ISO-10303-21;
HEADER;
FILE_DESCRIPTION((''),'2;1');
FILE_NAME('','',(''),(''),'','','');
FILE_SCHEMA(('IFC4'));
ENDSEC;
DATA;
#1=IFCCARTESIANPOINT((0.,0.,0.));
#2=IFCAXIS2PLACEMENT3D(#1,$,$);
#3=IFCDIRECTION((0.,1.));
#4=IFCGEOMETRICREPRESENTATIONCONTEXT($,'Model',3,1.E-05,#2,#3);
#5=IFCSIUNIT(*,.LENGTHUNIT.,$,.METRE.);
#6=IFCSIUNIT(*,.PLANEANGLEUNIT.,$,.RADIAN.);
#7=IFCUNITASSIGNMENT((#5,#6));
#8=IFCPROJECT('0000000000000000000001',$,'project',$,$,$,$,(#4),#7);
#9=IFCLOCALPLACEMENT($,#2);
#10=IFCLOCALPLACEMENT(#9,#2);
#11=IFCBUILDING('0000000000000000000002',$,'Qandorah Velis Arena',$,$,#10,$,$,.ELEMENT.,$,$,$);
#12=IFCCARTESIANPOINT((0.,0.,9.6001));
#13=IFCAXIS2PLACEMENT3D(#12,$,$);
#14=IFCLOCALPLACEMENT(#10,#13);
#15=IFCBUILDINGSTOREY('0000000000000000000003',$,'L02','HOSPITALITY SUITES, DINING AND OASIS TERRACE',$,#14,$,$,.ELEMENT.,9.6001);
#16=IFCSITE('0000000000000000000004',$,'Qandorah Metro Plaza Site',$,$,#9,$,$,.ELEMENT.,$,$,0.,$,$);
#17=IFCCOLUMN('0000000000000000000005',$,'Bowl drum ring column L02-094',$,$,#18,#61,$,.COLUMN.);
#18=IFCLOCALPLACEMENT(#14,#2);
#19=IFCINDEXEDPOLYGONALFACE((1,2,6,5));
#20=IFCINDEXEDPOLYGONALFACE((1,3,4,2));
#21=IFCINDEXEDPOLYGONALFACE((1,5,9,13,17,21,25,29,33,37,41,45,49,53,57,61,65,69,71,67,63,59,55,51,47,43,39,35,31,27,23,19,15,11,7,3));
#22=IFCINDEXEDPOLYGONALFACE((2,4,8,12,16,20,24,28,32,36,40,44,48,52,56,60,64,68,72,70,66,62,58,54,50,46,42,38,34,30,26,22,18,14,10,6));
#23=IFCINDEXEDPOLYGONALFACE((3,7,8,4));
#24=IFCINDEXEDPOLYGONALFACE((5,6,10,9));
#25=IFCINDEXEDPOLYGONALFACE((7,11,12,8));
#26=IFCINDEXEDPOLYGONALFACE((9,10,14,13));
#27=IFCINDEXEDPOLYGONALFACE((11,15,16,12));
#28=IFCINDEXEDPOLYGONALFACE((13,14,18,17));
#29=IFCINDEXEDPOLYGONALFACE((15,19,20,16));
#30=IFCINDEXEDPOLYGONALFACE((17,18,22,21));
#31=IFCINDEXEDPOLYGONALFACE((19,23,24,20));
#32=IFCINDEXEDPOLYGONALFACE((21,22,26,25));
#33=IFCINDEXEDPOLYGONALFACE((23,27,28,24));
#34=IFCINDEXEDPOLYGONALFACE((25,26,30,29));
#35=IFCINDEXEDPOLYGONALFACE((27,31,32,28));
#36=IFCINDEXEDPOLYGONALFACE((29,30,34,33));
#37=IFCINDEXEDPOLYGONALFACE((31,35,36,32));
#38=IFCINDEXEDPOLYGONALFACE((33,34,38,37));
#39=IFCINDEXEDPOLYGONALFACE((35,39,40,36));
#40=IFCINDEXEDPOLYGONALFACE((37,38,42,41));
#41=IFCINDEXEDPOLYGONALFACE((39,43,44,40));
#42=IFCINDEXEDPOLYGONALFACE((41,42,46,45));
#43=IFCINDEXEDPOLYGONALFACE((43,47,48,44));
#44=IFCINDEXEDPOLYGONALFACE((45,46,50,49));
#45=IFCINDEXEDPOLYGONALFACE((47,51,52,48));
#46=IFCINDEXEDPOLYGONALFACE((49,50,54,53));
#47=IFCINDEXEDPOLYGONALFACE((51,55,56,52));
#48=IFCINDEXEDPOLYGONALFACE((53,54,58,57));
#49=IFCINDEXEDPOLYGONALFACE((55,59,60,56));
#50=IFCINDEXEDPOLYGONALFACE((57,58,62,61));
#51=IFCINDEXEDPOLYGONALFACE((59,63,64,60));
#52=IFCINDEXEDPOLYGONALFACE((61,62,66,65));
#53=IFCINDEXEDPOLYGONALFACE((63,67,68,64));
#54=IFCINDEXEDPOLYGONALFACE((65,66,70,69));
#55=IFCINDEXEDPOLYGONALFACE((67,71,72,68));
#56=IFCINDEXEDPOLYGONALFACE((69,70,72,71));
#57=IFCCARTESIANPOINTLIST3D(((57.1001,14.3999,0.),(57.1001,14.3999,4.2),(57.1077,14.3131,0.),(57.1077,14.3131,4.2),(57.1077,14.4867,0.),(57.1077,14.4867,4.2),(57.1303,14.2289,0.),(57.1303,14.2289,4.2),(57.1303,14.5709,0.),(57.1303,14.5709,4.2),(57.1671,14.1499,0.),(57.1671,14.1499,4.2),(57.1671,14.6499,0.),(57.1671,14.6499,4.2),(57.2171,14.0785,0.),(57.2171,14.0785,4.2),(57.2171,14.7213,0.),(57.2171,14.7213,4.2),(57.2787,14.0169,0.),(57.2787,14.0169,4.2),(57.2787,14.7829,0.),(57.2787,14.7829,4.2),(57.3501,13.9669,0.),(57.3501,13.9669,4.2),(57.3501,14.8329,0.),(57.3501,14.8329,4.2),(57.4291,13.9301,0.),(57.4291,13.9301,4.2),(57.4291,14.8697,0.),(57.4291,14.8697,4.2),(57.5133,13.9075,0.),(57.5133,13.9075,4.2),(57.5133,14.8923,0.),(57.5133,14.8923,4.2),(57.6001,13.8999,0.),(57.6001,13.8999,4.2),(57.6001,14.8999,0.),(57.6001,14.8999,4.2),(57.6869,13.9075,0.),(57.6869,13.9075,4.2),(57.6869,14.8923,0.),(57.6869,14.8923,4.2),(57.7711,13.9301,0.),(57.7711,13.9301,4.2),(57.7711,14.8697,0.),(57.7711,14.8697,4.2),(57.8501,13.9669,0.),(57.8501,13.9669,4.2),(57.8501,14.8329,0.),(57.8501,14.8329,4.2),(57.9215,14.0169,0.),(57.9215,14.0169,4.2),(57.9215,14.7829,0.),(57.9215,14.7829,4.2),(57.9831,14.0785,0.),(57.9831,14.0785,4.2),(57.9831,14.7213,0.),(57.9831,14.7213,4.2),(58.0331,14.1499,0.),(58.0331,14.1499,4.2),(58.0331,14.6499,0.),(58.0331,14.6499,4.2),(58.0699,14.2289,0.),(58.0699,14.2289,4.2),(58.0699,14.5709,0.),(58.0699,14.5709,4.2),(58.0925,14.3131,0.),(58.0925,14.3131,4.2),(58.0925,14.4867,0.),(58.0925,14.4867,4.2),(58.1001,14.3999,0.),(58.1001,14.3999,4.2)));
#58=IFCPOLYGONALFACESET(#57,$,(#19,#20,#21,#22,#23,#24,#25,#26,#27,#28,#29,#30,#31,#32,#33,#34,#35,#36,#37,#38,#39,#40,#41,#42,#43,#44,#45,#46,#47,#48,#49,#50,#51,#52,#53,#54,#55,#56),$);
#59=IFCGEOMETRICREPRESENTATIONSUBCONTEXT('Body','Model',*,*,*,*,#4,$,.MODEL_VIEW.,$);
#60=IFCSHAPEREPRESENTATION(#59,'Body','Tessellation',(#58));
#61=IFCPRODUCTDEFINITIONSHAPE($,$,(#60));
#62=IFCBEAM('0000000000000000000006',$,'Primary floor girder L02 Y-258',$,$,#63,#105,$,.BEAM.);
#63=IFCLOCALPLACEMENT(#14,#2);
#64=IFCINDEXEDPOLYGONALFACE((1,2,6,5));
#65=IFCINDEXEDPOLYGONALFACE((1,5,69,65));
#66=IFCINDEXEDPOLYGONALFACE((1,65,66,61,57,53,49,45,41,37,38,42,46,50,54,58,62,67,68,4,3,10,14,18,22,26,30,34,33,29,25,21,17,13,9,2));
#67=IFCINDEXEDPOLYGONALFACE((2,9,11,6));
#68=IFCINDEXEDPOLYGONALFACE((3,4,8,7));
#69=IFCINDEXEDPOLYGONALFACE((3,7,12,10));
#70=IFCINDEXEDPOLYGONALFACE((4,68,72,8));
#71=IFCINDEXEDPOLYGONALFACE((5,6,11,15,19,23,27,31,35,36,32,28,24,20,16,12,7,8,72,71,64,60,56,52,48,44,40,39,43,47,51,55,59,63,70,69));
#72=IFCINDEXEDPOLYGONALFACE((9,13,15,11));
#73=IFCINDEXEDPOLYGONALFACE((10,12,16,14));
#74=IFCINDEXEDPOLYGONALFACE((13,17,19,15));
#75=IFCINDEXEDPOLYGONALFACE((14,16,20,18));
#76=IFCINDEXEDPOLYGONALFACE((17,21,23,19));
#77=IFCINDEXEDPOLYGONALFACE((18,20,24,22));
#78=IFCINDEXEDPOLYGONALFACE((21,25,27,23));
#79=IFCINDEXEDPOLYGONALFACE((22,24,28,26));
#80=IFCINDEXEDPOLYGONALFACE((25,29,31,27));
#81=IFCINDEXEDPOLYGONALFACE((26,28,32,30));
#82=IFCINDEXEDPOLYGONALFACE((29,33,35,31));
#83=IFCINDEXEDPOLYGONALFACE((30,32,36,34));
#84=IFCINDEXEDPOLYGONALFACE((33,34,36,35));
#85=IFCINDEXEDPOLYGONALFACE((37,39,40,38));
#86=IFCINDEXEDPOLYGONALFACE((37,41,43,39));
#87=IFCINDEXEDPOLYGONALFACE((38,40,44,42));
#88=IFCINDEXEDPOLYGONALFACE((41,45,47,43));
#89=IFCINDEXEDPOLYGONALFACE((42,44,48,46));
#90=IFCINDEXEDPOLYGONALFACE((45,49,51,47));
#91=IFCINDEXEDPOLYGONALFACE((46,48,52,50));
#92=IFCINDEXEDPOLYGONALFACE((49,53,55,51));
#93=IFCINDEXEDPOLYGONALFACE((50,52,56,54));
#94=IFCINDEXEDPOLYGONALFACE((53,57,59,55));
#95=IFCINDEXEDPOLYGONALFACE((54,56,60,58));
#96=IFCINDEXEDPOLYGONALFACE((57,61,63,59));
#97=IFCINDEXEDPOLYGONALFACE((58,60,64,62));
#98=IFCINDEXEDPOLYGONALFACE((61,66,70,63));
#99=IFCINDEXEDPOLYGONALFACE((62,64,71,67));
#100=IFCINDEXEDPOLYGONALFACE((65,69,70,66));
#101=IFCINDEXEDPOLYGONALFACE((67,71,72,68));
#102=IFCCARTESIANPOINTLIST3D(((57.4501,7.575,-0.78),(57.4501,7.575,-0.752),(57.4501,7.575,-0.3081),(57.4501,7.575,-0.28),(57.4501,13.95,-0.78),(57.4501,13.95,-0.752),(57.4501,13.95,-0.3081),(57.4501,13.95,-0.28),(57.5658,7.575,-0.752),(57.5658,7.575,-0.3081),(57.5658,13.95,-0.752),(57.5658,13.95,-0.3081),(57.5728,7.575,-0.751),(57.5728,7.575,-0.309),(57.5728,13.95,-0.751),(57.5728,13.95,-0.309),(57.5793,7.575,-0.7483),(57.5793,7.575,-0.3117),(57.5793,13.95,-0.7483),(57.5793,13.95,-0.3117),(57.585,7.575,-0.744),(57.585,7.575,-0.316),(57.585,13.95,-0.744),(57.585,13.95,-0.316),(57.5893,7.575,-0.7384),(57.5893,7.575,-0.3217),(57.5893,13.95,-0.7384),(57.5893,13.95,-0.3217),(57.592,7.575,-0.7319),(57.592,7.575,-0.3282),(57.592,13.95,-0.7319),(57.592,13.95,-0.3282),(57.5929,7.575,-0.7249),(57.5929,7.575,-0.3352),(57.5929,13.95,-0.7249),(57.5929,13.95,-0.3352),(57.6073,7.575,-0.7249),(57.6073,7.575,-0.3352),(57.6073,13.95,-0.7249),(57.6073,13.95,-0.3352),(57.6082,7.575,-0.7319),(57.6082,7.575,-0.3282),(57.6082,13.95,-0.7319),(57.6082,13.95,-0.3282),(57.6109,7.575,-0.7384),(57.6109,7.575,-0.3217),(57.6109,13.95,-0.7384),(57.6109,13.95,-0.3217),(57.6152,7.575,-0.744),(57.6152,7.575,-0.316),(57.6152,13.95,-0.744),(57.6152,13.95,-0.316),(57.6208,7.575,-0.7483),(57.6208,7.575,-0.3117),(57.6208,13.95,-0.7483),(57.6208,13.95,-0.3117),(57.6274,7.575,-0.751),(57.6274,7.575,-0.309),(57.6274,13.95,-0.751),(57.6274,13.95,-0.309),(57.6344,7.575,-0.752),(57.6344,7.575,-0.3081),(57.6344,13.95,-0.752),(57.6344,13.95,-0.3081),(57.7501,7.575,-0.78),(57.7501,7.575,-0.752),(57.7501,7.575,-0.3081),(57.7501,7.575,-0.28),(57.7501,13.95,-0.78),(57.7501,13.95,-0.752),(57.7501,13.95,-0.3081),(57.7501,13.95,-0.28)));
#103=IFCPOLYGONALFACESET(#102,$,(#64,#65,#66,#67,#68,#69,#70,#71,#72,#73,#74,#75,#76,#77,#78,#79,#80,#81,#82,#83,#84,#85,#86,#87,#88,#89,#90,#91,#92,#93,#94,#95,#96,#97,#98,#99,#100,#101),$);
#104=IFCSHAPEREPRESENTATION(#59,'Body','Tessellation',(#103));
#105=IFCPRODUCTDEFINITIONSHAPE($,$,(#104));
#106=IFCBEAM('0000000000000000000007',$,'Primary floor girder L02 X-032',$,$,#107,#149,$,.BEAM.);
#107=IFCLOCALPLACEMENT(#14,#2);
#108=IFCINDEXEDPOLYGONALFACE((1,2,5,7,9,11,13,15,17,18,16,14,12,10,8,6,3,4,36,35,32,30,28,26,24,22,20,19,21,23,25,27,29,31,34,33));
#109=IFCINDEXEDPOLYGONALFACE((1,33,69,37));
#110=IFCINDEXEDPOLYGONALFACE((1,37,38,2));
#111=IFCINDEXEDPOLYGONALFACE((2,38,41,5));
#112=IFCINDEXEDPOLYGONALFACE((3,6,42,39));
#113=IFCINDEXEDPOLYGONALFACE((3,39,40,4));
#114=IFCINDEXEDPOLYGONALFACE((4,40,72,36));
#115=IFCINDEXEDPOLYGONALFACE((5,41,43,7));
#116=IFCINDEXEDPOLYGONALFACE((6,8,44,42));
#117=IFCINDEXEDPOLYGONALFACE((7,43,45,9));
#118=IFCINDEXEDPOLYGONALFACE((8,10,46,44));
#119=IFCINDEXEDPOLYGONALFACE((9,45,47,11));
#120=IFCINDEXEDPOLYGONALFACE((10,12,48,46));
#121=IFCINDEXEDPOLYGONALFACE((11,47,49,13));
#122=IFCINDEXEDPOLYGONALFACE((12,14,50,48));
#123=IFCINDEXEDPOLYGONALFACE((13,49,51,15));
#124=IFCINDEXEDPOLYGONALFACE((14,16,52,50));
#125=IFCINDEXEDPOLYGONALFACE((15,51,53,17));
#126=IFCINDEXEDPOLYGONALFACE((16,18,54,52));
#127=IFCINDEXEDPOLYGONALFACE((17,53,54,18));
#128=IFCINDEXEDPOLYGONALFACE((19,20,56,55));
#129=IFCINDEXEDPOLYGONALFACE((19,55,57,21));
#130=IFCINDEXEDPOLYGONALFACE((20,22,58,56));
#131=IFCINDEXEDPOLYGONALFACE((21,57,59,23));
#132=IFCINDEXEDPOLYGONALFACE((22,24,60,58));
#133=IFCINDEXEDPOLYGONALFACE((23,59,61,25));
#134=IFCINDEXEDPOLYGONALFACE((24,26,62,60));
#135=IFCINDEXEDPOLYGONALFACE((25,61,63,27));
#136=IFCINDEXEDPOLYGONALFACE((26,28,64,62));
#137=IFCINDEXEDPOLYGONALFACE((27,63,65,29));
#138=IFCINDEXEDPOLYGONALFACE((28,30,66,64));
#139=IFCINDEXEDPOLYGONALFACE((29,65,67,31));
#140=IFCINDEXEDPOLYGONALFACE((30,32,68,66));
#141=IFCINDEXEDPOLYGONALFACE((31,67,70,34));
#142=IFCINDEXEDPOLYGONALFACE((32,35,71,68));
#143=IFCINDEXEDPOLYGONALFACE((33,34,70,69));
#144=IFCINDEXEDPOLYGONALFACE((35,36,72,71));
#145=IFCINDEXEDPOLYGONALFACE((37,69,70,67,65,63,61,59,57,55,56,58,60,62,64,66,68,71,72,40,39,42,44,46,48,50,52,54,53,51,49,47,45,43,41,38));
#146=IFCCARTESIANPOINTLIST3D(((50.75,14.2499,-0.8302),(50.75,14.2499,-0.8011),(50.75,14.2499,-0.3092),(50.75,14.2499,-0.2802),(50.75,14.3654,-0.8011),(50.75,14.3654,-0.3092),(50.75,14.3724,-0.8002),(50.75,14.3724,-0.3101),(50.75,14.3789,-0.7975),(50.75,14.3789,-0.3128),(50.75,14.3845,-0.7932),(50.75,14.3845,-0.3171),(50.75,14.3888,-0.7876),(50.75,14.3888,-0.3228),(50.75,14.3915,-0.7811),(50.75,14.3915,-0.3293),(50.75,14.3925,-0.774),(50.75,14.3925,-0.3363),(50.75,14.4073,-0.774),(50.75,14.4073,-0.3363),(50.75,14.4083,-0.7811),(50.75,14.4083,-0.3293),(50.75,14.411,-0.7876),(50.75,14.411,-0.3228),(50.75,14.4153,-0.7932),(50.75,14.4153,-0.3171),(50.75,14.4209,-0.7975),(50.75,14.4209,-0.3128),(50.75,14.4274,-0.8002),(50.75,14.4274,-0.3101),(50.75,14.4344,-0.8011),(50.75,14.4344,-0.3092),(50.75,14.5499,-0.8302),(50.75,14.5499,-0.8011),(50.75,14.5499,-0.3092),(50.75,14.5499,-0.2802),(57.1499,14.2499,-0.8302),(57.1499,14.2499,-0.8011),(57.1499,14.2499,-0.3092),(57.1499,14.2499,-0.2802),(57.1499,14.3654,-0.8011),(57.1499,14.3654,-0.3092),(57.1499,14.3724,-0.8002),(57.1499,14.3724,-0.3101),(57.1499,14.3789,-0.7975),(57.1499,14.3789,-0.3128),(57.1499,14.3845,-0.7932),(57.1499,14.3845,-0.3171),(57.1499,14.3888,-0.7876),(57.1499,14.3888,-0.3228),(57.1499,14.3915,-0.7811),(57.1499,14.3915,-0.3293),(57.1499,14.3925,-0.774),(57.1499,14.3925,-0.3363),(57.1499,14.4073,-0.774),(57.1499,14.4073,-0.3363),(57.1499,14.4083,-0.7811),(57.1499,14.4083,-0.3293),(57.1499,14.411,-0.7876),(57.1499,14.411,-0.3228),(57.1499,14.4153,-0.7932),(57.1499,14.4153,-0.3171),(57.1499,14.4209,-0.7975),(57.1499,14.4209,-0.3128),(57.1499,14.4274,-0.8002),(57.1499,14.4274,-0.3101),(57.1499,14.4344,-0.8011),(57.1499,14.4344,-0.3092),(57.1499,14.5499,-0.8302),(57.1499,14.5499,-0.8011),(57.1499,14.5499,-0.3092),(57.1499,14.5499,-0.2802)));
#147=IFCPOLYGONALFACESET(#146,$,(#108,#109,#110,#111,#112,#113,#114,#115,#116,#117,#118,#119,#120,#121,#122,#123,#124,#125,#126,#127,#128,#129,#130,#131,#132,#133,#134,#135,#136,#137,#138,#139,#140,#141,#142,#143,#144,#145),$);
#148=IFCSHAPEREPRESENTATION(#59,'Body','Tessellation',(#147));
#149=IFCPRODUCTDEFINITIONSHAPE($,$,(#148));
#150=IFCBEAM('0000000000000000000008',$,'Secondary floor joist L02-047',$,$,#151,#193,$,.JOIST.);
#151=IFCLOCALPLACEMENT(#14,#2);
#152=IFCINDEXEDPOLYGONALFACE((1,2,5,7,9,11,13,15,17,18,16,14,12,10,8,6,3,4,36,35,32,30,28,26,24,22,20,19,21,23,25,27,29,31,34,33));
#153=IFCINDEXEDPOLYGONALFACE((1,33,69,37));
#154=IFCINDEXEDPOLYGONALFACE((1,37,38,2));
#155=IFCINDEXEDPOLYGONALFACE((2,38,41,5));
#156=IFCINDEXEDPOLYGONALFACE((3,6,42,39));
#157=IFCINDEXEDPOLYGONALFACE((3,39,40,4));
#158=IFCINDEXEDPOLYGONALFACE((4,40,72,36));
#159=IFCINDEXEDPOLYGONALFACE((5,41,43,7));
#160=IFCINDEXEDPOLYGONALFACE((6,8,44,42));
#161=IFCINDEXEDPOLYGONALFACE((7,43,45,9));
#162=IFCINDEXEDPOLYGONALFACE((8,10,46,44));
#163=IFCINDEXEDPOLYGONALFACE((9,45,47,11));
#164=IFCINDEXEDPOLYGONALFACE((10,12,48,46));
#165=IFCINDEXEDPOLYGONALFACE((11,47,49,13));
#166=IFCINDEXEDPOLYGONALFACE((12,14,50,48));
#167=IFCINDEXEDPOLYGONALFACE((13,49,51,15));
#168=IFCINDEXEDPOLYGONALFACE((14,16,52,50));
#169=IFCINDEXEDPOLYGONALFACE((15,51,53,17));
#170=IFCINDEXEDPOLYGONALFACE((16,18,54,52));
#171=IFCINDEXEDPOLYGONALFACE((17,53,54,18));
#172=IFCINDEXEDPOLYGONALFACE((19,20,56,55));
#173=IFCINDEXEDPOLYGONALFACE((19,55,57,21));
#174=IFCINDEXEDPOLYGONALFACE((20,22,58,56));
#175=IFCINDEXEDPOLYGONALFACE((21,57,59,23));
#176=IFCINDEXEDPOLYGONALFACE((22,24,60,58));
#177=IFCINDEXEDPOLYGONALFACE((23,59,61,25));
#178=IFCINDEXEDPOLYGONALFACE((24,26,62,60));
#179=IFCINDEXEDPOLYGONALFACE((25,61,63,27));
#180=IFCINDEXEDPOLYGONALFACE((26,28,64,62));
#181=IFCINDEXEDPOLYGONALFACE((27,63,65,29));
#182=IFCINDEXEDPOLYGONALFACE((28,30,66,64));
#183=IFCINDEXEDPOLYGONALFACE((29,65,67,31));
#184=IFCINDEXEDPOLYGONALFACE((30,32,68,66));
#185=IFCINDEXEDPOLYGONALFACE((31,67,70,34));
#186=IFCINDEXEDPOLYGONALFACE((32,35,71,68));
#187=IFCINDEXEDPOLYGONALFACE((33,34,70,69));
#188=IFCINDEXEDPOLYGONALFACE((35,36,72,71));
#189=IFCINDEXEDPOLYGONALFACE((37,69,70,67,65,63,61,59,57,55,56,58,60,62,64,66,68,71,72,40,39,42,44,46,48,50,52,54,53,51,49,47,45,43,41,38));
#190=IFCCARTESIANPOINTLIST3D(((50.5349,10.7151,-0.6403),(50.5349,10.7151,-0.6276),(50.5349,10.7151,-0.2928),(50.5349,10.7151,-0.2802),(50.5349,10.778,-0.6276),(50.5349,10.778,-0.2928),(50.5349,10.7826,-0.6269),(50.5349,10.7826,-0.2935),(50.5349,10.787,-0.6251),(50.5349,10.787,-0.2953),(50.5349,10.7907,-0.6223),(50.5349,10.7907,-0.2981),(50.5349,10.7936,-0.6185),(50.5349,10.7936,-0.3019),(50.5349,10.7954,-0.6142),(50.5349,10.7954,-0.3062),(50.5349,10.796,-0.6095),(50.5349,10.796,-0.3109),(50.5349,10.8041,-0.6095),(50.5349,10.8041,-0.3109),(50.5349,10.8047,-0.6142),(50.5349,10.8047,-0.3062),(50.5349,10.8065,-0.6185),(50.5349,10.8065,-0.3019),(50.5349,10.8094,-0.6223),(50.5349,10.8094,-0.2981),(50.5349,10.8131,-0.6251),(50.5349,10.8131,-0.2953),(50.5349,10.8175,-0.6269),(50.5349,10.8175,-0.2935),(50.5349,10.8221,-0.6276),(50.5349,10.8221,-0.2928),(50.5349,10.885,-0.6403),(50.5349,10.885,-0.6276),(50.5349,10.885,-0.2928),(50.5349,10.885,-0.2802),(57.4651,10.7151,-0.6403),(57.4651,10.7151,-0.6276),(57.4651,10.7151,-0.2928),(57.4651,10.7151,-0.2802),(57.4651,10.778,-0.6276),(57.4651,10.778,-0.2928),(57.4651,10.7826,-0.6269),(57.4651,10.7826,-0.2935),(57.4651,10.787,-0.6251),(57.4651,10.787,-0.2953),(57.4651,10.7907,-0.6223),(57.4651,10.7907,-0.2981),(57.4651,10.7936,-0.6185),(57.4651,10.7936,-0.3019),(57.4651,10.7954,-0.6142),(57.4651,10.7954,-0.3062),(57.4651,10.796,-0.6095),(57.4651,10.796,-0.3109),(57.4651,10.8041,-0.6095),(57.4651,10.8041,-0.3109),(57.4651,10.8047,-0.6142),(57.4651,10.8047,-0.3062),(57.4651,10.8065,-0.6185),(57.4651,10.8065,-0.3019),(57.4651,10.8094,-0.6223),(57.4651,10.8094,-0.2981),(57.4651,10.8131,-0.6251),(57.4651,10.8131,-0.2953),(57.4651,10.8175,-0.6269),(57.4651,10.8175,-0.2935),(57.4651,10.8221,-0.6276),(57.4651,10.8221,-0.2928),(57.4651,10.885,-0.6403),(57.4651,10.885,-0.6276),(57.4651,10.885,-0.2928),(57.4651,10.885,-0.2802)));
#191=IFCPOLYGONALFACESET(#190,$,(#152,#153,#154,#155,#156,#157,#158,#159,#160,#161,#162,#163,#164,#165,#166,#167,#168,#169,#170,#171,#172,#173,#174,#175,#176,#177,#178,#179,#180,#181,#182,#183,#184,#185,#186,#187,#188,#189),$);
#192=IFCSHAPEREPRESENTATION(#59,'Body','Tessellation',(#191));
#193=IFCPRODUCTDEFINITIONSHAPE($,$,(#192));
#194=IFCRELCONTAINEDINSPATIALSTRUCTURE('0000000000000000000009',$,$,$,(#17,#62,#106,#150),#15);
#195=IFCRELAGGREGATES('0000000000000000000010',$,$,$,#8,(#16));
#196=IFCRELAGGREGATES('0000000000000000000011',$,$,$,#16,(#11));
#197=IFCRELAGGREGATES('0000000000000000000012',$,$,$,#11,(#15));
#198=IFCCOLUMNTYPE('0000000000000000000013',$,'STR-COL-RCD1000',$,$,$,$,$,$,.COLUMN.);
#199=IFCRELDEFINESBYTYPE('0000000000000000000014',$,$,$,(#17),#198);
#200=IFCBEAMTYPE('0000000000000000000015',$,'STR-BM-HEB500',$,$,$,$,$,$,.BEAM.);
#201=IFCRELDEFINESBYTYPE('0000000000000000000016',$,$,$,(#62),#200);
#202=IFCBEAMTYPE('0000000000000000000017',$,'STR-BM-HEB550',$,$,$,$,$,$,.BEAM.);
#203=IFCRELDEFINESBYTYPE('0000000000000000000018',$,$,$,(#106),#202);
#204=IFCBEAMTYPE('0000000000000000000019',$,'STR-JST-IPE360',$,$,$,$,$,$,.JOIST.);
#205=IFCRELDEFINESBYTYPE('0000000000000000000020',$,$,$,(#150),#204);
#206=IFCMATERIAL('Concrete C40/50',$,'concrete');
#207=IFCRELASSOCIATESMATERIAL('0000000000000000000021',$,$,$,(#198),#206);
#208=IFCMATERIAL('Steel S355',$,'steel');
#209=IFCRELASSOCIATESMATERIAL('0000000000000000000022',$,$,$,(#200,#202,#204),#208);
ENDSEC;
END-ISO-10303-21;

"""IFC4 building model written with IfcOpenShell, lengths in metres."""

from ifc_helpers import new_model, si_unit, direction, frame, origin, origin_2d, place, context, subcontext, project, spatial, circle, i_section, extrude, material, material_profile, profile_set, type_object, element, save


model = new_model("IFC4")

# Units and contexts
model_context = context("Model", 3, precision=1e-05, world=origin(), true_north=direction((0.0, 1.0)))
body_context = subcontext(model_context, "Body", "Model", "MODEL_VIEW")
ifc_project = project(units=[si_unit("LENGTHUNIT", "METRE"), si_unit("PLANEANGLEUNIT", "RADIAN")], contexts=[model_context])

# Site, building, storey
site_placement = place(None, origin())
site = spatial("IfcSite", under=ifc_project, at=site_placement, Name="Qandorah Metro Plaza Site", CompositionType="ELEMENT", RefElevation=0.0)
building_placement = place(site_placement, origin())
building = spatial("IfcBuilding", under=site, at=building_placement, Name="Qandorah Velis Arena", CompositionType="ELEMENT")
storey_placement = place(building_placement, frame((0.0, 0.0, 9.6001)))
storey = spatial("IfcBuildingStorey", under=building, at=storey_placement, Name="L02", Description="HOSPITALITY SUITES, DINING AND OASIS TERRACE", CompositionType="ELEMENT", Elevation=9.6001)

# Column
ifc_material_1 = material(Name="Concrete C40/50", Category="concrete")
ifc_material_profile_1 = material_profile(ifc_material_1, circle(Radius=0.5, at=origin_2d()), Name="RC D1000")
ifc_profile_set_1 = profile_set([ifc_material_profile_1], Name="Concrete C40/50")
column_type = type_object("IfcColumnType", Name="STR-COL-RCD1000", PredefinedType="COLUMN", material=ifc_profile_set_1)
column_placement = place(storey_placement, frame((57.6001, 14.3999, 0.0), z_axis=(0.0, 0.0, 1.0), x_axis=(1.0, 0.0, 0.0)))
element("IfcColumn", 1, at=column_placement, inside=storey, type_object=column_type, Name="Bowl drum ring column L02-094", PredefinedType="COLUMN", context=body_context, shape_type="SweptSolid", body=[
    extrude(circle(Radius=0.5, at=origin_2d()), origin(), (0.0, 0.0, 1.0), 4.2),
])

# Beams
ifc_material_2 = material(Name="Steel S355", Category="steel")
ifc_material_profile_2 = material_profile(ifc_material_2, i_section(OverallWidth=0.3, OverallDepth=0.5, WebThickness=0.0144, FlangeThickness=0.0281, FilletRadius=0.0271, at=origin_2d()), Name="HEB 500")
ifc_profile_set_2 = profile_set([ifc_material_profile_2], Name="Steel S355")
beam_type_1 = type_object("IfcBeamType", Name="STR-BM-HEB500", PredefinedType="BEAM", material=ifc_profile_set_2)
beam_1_placement = place(storey_placement, frame((57.6001, 7.575, -0.53), z_axis=(0.0, 1.0, 0.0), x_axis=(-1.0, 0.0, 0.0)))
element("IfcBeam", 2, at=beam_1_placement, inside=storey, type_object=beam_type_1, Name="Primary floor girder L02 Y-258", PredefinedType="BEAM", context=body_context, shape_type="SweptSolid", body=[
    extrude(i_section(OverallWidth=0.3, OverallDepth=0.5, WebThickness=0.0144, FlangeThickness=0.0281, FilletRadius=0.0271, at=origin_2d()), origin(), (0.0, 0.0, 1.0), 6.375),
])
ifc_material_profile_3 = material_profile(ifc_material_2, i_section(OverallWidth=0.3, OverallDepth=0.55, WebThickness=0.0149, FlangeThickness=0.0291, FilletRadius=0.0271, at=origin_2d()), Name="HEB 550")
ifc_profile_set_3 = profile_set([ifc_material_profile_3], Name="Steel S355")
beam_type_2 = type_object("IfcBeamType", Name="STR-BM-HEB550", PredefinedType="BEAM", material=ifc_profile_set_3)
beam_2_placement = place(storey_placement, frame((50.75, 14.3999, -0.5552), z_axis=(1.0, 0.0, 0.0), x_axis=(0.0, 1.0, 0.0)))
element("IfcBeam", 3, at=beam_2_placement, inside=storey, type_object=beam_type_2, Name="Primary floor girder L02 X-032", PredefinedType="BEAM", context=body_context, shape_type="SweptSolid", body=[
    extrude(i_section(OverallWidth=0.3, OverallDepth=0.55, WebThickness=0.0149, FlangeThickness=0.0291, FilletRadius=0.0271, at=origin_2d()), origin(), (0.0, 0.0, 1.0), 6.3999),
])
ifc_material_profile_4 = material_profile(ifc_material_2, i_section(OverallWidth=0.1699, OverallDepth=0.3601, WebThickness=0.0081, FlangeThickness=0.0127, FilletRadius=0.0181, at=origin_2d()), Name="IPE 360")
ifc_profile_set_4 = profile_set([ifc_material_profile_4], Name="Steel S355")
beam_type_3 = type_object("IfcBeamType", Name="STR-JST-IPE360", PredefinedType="JOIST", material=ifc_profile_set_4)
beam_3_placement = place(storey_placement, frame((50.5349, 10.8, -0.4602), z_axis=(1.0, 0.0, 0.0), x_axis=(0.0, 1.0, 0.0)))
element("IfcBeam", 4, at=beam_3_placement, inside=storey, type_object=beam_type_3, Name="Secondary floor joist L02-047", PredefinedType="JOIST", context=body_context, shape_type="SweptSolid", body=[
    extrude(i_section(OverallWidth=0.1699, OverallDepth=0.3601, WebThickness=0.0081, FlangeThickness=0.0127, FilletRadius=0.0181, at=origin_2d()), origin(), (0.0, 0.0, 1.0), 6.9302),
])

save(model, "model.ifc")
